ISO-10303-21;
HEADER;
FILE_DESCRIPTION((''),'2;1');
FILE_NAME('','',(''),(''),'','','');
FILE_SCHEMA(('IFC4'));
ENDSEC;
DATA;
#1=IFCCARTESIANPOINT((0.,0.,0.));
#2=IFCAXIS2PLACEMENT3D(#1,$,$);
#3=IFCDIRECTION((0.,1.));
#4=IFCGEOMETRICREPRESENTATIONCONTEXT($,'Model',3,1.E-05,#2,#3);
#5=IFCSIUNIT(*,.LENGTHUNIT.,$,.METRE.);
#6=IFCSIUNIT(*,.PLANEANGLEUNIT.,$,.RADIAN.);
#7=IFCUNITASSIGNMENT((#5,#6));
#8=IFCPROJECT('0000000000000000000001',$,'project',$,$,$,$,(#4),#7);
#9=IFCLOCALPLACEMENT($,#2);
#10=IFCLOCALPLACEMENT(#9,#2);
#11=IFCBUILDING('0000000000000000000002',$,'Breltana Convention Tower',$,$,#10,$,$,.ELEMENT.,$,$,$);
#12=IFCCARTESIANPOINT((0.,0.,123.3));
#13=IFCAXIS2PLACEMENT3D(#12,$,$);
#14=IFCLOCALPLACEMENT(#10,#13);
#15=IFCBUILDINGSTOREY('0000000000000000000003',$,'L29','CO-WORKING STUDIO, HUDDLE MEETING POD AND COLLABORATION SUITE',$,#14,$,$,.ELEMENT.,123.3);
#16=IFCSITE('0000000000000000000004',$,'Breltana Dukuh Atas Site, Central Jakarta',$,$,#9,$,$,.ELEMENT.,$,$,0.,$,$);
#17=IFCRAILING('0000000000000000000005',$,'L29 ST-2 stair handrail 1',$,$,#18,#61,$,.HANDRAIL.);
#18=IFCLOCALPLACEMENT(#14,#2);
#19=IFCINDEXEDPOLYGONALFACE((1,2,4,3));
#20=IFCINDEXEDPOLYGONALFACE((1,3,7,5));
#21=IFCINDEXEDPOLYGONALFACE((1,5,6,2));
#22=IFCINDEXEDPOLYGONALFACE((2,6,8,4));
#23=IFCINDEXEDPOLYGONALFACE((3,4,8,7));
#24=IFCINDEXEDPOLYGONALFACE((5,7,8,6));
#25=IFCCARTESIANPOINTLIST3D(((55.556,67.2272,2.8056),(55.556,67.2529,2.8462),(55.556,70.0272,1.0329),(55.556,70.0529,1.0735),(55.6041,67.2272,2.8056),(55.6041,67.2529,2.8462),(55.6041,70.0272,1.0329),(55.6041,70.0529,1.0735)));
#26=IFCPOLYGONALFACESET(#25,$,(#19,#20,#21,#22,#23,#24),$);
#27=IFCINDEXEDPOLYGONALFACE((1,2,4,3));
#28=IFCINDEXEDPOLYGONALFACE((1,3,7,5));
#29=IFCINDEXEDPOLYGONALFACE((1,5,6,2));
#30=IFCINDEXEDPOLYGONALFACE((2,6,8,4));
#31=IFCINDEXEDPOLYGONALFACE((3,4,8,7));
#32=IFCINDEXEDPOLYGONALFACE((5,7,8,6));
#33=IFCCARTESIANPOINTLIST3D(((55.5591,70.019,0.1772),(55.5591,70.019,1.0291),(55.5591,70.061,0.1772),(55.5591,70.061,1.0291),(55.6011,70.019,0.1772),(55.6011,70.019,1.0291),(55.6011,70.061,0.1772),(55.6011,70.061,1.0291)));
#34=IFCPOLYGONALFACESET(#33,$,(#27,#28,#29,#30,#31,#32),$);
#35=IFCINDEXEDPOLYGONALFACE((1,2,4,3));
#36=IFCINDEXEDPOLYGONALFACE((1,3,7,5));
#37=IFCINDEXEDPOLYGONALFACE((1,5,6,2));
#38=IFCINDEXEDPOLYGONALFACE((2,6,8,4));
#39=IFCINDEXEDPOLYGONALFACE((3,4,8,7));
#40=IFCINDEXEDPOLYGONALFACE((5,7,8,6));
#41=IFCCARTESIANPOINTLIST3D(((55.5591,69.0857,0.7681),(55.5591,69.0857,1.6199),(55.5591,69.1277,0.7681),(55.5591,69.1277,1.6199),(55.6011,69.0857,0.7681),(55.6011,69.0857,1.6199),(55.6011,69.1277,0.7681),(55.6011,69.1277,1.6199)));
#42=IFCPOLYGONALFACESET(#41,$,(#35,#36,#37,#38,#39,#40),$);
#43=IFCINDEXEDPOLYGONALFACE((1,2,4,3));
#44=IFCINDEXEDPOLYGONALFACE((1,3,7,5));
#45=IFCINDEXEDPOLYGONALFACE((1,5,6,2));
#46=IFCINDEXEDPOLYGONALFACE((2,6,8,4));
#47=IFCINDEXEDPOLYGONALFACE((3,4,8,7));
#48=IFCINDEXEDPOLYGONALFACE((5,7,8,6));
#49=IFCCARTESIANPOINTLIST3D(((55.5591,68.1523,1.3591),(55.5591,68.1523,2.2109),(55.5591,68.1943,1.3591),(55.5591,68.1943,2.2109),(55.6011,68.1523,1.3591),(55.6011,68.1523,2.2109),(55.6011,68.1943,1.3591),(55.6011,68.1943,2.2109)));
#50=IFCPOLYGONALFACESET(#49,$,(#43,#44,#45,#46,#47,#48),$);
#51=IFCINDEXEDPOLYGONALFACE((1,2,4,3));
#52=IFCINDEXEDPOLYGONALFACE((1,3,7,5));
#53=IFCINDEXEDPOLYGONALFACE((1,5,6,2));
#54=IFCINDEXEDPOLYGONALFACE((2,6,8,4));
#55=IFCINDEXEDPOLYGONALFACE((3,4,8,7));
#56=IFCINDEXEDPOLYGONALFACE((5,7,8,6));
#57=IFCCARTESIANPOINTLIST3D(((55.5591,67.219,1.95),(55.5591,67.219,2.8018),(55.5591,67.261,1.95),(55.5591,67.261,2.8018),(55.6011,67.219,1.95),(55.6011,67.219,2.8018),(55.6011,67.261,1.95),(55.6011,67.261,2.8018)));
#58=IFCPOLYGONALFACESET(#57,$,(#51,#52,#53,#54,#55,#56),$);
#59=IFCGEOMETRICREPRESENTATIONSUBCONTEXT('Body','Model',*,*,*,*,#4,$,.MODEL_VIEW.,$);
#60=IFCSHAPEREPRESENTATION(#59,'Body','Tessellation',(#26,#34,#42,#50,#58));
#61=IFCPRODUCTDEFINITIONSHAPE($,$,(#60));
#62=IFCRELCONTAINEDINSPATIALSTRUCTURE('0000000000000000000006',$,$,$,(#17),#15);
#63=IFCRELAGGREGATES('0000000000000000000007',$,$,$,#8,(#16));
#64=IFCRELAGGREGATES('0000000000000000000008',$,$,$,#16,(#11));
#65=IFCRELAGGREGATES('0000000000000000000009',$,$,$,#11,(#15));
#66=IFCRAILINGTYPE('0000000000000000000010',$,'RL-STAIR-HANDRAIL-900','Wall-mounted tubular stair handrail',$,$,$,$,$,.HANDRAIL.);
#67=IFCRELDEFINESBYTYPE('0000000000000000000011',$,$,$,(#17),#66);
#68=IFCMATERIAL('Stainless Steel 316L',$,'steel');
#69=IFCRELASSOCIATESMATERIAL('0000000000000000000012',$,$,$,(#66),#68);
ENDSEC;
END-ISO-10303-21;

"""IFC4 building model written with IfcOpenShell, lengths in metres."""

from ifc_helpers import new_model, si_unit, direction, frame, origin, origin_2d, place, context, subcontext, project, spatial, rectangle, extrude, material, type_object, element, save


model = new_model("IFC4")

# Units and contexts
model_context = context("Model", 3, precision=1e-05, world=origin(), true_north=direction((0.0, 1.0)))
body_context = subcontext(model_context, "Body", "Model", "MODEL_VIEW")
ifc_project = project(units=[si_unit("LENGTHUNIT", "METRE"), si_unit("PLANEANGLEUNIT", "RADIAN")], contexts=[model_context])

# Site, building, storey
site_placement = place(None, origin())
site = spatial("IfcSite", under=ifc_project, at=site_placement, Name="Breltana Dukuh Atas Site, Central Jakarta", CompositionType="ELEMENT", RefElevation=0.0)
building_placement = place(site_placement, origin())
building = spatial("IfcBuilding", under=site, at=building_placement, Name="Breltana Convention Tower", CompositionType="ELEMENT")
storey_placement = place(building_placement, frame((0.0, 0.0, 123.3)))
storey = spatial("IfcBuildingStorey", under=building, at=storey_placement, Name="L29", Description="CO-WORKING STUDIO, HUDDLE MEETING POD AND COLLABORATION SUITE", CompositionType="ELEMENT", Elevation=123.3)

# Railing
ifc_material_1 = material(Name="Stainless Steel 316L", Category="steel")
railing_type_1 = type_object("IfcRailingType", Name="RL-STAIR-HANDRAIL-900", Description="Wall-mounted tubular stair handrail", PredefinedType="HANDRAIL", material=ifc_material_1)
railing_1_placement = place(storey_placement, frame((55.5801, 70.04, 0.1772)))
element("IfcRailing", 1, at=railing_1_placement, inside=storey, type_object=railing_type_1, Name="L29 ST-2 stair handrail 1", PredefinedType="HANDRAIL", context=body_context, shape_type="SweptSolid", body=[
    extrude(rectangle(XDim=0.0481, YDim=0.0481, at=origin_2d()), frame((0.0, 0.0, 0.876), z_axis=(0.0, -0.844909, 0.53491), x_axis=(1.0, 0.0, 0.0)), (0.0, 0.0, 1.0), 3.314),
    extrude(rectangle(XDim=0.042, YDim=0.042, at=origin_2d()), origin(), (0.0, 0.0, 1.0), 0.8518),
    extrude(rectangle(XDim=0.042, YDim=0.042, at=origin_2d()), frame((0.0, -0.9333, 0.5908)), (0.0, 0.0, 1.0), 0.8518),
    extrude(rectangle(XDim=0.042, YDim=0.042, at=origin_2d()), frame((0.0, -1.8667, 1.1819)), (0.0, 0.0, 1.0), 0.8518),
    extrude(rectangle(XDim=0.042, YDim=0.042, at=origin_2d()), frame((0.0, -2.8, 1.7727)), (0.0, 0.0, 1.0), 0.8518),
])

save(model, "model.ifc")
